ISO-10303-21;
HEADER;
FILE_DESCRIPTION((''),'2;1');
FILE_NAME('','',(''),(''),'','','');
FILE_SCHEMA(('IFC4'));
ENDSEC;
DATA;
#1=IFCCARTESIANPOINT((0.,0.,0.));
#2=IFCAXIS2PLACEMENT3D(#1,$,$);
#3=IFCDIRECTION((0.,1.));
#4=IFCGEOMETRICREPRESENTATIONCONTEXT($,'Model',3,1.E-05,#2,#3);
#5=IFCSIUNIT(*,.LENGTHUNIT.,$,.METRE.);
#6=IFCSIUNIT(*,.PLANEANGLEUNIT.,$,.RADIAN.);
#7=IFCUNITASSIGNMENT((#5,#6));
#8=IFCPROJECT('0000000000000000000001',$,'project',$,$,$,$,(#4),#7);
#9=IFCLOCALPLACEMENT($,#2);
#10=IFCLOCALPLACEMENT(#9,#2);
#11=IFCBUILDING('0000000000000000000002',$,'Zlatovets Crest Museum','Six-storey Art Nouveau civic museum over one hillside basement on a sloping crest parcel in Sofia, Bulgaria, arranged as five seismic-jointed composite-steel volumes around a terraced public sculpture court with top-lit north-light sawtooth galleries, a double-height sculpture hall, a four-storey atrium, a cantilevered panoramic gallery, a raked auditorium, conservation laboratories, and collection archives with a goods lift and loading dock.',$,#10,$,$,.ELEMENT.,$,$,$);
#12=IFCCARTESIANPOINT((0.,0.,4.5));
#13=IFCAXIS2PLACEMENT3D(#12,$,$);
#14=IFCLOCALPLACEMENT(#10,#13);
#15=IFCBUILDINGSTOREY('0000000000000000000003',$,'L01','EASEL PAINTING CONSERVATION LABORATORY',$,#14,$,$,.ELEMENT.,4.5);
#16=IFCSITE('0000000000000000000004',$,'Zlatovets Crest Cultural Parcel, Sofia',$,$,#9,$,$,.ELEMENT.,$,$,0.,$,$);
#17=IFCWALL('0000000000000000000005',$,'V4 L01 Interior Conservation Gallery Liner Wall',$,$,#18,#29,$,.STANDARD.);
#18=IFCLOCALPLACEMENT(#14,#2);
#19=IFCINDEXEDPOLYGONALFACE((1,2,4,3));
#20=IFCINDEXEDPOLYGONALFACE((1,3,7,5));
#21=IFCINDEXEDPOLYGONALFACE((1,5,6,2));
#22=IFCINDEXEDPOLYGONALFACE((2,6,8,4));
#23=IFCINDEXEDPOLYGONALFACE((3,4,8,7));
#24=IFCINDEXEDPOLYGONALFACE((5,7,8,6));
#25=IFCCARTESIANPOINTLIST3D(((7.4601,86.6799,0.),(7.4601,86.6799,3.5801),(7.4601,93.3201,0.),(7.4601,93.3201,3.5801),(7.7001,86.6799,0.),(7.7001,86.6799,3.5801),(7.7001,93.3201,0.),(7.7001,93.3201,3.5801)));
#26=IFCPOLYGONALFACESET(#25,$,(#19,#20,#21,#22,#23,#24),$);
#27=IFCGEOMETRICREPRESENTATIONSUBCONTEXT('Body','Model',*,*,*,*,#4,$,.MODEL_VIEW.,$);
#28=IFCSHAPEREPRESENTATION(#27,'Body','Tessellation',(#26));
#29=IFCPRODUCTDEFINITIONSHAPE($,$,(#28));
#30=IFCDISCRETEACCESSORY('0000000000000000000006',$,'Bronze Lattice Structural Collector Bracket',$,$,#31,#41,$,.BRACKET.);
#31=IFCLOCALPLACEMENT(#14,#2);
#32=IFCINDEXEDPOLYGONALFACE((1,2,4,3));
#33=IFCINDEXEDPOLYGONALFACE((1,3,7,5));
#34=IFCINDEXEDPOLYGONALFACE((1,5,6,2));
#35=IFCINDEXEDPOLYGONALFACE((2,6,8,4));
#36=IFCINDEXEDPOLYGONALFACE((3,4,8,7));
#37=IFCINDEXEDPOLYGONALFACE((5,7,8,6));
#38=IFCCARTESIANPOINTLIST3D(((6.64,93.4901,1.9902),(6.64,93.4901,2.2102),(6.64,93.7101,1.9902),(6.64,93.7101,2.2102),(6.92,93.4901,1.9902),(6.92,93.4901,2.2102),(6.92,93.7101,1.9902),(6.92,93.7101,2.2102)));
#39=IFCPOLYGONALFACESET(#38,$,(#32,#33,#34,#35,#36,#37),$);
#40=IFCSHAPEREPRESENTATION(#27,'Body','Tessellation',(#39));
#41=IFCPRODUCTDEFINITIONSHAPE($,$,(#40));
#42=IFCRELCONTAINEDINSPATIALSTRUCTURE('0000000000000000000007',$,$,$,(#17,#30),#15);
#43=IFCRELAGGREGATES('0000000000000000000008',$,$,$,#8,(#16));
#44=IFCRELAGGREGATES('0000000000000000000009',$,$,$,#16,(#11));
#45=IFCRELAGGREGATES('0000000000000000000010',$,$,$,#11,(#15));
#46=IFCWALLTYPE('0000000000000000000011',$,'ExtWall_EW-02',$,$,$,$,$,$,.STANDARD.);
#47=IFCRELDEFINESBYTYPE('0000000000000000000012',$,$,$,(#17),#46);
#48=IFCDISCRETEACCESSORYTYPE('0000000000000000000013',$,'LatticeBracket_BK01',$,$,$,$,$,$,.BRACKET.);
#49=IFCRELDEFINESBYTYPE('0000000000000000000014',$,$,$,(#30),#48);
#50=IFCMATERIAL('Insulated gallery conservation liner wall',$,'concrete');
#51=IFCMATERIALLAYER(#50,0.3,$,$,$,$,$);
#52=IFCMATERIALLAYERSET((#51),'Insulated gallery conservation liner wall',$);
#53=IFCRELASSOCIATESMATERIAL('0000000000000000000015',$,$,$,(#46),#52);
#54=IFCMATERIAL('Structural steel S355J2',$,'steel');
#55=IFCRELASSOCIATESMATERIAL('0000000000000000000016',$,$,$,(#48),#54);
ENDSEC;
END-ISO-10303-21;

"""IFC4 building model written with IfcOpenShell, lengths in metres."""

from ifc_helpers import new_model, si_unit, direction, frame, frame_2d, origin, origin_2d, place, context, subcontext, project, spatial, rectangle, extrude, material, layer, layer_set, type_object, element, save


model = new_model("IFC4")

# Units and contexts
model_context = context("Model", 3, precision=1e-05, world=origin(), true_north=direction((0.0, 1.0)))
body_context = subcontext(model_context, "Body", "Model", "MODEL_VIEW")
ifc_project = project(units=[si_unit("LENGTHUNIT", "METRE"), si_unit("PLANEANGLEUNIT", "RADIAN")], contexts=[model_context])

# Site, building, storey
site_placement = place(None, origin())
site = spatial("IfcSite", under=ifc_project, at=site_placement, Name="Zlatovets Crest Cultural Parcel, Sofia", CompositionType="ELEMENT", RefElevation=0.0)
building_placement = place(site_placement, origin())
building = spatial("IfcBuilding", under=site, at=building_placement, Name="Zlatovets Crest Museum", Description="Six-storey Art Nouveau civic museum over one hillside basement on a sloping crest parcel in Sofia, Bulgaria, arranged as five seismic-jointed composite-steel volumes around a terraced public sculpture court with top-lit north-light sawtooth galleries, a double-height sculpture hall, a four-storey atrium, a cantilevered panoramic gallery, a raked auditorium, conservation laboratories, and collection archives with a goods lift and loading dock.", CompositionType="ELEMENT")
storey_placement = place(building_placement, frame((0.0, 0.0, 4.5)))
storey = spatial("IfcBuildingStorey", under=building, at=storey_placement, Name="L01", Description="EASEL PAINTING CONSERVATION LABORATORY", CompositionType="ELEMENT", Elevation=4.5)

# Shared definitions
ifc_material_1 = material(Name="Structural steel S355J2", Category="steel")

# Wall
ifc_material_2 = material(Name="Insulated gallery conservation liner wall", Category="concrete")
ifc_layer_1 = layer(ifc_material_2, 0.3)
ifc_layer_set_1 = layer_set([ifc_layer_1], Name="Insulated gallery conservation liner wall")
wall_type = type_object("IfcWallType", Name="ExtWall_EW-02", PredefinedType="STANDARD", material=ifc_layer_set_1)
wall_placement = place(storey_placement, frame((7.5801, 93.3201, 0.0), z_axis=(0.0, 0.0, 1.0), x_axis=(0.0, -1.0, 0.0)))
element("IfcWall", 1, at=wall_placement, inside=storey, type_object=wall_type, Name="V4 L01 Interior Conservation Gallery Liner Wall", PredefinedType="STANDARD", context=body_context, shape_type="SweptSolid", body=[
    extrude(rectangle(XDim=6.6401, YDim=0.24, at=frame_2d((3.3201, 0.0))), origin(), (0.0, 0.0, 1.0), 3.5801),
])

# Discrete accessory
discrete_accessory_type = type_object("IfcDiscreteAccessoryType", Name="LatticeBracket_BK01", PredefinedType="BRACKET", material=ifc_material_1)
discrete_accessory_placement = place(storey_placement, frame((6.78, 93.6001, 1.9902), z_axis=(0.0, 0.0, 1.0), x_axis=(1.0, 0.0, 0.0)))
element("IfcDiscreteAccessory", 2, at=discrete_accessory_placement, inside=storey, type_object=discrete_accessory_type, Name="Bronze Lattice Structural Collector Bracket", PredefinedType="BRACKET", context=body_context, shape_type="SweptSolid", body=[
    extrude(rectangle(XDim=0.28, YDim=0.22, at=origin_2d()), origin(), (0.0, 0.0, 1.0), 0.22),
])

save(model, "model.ifc")
